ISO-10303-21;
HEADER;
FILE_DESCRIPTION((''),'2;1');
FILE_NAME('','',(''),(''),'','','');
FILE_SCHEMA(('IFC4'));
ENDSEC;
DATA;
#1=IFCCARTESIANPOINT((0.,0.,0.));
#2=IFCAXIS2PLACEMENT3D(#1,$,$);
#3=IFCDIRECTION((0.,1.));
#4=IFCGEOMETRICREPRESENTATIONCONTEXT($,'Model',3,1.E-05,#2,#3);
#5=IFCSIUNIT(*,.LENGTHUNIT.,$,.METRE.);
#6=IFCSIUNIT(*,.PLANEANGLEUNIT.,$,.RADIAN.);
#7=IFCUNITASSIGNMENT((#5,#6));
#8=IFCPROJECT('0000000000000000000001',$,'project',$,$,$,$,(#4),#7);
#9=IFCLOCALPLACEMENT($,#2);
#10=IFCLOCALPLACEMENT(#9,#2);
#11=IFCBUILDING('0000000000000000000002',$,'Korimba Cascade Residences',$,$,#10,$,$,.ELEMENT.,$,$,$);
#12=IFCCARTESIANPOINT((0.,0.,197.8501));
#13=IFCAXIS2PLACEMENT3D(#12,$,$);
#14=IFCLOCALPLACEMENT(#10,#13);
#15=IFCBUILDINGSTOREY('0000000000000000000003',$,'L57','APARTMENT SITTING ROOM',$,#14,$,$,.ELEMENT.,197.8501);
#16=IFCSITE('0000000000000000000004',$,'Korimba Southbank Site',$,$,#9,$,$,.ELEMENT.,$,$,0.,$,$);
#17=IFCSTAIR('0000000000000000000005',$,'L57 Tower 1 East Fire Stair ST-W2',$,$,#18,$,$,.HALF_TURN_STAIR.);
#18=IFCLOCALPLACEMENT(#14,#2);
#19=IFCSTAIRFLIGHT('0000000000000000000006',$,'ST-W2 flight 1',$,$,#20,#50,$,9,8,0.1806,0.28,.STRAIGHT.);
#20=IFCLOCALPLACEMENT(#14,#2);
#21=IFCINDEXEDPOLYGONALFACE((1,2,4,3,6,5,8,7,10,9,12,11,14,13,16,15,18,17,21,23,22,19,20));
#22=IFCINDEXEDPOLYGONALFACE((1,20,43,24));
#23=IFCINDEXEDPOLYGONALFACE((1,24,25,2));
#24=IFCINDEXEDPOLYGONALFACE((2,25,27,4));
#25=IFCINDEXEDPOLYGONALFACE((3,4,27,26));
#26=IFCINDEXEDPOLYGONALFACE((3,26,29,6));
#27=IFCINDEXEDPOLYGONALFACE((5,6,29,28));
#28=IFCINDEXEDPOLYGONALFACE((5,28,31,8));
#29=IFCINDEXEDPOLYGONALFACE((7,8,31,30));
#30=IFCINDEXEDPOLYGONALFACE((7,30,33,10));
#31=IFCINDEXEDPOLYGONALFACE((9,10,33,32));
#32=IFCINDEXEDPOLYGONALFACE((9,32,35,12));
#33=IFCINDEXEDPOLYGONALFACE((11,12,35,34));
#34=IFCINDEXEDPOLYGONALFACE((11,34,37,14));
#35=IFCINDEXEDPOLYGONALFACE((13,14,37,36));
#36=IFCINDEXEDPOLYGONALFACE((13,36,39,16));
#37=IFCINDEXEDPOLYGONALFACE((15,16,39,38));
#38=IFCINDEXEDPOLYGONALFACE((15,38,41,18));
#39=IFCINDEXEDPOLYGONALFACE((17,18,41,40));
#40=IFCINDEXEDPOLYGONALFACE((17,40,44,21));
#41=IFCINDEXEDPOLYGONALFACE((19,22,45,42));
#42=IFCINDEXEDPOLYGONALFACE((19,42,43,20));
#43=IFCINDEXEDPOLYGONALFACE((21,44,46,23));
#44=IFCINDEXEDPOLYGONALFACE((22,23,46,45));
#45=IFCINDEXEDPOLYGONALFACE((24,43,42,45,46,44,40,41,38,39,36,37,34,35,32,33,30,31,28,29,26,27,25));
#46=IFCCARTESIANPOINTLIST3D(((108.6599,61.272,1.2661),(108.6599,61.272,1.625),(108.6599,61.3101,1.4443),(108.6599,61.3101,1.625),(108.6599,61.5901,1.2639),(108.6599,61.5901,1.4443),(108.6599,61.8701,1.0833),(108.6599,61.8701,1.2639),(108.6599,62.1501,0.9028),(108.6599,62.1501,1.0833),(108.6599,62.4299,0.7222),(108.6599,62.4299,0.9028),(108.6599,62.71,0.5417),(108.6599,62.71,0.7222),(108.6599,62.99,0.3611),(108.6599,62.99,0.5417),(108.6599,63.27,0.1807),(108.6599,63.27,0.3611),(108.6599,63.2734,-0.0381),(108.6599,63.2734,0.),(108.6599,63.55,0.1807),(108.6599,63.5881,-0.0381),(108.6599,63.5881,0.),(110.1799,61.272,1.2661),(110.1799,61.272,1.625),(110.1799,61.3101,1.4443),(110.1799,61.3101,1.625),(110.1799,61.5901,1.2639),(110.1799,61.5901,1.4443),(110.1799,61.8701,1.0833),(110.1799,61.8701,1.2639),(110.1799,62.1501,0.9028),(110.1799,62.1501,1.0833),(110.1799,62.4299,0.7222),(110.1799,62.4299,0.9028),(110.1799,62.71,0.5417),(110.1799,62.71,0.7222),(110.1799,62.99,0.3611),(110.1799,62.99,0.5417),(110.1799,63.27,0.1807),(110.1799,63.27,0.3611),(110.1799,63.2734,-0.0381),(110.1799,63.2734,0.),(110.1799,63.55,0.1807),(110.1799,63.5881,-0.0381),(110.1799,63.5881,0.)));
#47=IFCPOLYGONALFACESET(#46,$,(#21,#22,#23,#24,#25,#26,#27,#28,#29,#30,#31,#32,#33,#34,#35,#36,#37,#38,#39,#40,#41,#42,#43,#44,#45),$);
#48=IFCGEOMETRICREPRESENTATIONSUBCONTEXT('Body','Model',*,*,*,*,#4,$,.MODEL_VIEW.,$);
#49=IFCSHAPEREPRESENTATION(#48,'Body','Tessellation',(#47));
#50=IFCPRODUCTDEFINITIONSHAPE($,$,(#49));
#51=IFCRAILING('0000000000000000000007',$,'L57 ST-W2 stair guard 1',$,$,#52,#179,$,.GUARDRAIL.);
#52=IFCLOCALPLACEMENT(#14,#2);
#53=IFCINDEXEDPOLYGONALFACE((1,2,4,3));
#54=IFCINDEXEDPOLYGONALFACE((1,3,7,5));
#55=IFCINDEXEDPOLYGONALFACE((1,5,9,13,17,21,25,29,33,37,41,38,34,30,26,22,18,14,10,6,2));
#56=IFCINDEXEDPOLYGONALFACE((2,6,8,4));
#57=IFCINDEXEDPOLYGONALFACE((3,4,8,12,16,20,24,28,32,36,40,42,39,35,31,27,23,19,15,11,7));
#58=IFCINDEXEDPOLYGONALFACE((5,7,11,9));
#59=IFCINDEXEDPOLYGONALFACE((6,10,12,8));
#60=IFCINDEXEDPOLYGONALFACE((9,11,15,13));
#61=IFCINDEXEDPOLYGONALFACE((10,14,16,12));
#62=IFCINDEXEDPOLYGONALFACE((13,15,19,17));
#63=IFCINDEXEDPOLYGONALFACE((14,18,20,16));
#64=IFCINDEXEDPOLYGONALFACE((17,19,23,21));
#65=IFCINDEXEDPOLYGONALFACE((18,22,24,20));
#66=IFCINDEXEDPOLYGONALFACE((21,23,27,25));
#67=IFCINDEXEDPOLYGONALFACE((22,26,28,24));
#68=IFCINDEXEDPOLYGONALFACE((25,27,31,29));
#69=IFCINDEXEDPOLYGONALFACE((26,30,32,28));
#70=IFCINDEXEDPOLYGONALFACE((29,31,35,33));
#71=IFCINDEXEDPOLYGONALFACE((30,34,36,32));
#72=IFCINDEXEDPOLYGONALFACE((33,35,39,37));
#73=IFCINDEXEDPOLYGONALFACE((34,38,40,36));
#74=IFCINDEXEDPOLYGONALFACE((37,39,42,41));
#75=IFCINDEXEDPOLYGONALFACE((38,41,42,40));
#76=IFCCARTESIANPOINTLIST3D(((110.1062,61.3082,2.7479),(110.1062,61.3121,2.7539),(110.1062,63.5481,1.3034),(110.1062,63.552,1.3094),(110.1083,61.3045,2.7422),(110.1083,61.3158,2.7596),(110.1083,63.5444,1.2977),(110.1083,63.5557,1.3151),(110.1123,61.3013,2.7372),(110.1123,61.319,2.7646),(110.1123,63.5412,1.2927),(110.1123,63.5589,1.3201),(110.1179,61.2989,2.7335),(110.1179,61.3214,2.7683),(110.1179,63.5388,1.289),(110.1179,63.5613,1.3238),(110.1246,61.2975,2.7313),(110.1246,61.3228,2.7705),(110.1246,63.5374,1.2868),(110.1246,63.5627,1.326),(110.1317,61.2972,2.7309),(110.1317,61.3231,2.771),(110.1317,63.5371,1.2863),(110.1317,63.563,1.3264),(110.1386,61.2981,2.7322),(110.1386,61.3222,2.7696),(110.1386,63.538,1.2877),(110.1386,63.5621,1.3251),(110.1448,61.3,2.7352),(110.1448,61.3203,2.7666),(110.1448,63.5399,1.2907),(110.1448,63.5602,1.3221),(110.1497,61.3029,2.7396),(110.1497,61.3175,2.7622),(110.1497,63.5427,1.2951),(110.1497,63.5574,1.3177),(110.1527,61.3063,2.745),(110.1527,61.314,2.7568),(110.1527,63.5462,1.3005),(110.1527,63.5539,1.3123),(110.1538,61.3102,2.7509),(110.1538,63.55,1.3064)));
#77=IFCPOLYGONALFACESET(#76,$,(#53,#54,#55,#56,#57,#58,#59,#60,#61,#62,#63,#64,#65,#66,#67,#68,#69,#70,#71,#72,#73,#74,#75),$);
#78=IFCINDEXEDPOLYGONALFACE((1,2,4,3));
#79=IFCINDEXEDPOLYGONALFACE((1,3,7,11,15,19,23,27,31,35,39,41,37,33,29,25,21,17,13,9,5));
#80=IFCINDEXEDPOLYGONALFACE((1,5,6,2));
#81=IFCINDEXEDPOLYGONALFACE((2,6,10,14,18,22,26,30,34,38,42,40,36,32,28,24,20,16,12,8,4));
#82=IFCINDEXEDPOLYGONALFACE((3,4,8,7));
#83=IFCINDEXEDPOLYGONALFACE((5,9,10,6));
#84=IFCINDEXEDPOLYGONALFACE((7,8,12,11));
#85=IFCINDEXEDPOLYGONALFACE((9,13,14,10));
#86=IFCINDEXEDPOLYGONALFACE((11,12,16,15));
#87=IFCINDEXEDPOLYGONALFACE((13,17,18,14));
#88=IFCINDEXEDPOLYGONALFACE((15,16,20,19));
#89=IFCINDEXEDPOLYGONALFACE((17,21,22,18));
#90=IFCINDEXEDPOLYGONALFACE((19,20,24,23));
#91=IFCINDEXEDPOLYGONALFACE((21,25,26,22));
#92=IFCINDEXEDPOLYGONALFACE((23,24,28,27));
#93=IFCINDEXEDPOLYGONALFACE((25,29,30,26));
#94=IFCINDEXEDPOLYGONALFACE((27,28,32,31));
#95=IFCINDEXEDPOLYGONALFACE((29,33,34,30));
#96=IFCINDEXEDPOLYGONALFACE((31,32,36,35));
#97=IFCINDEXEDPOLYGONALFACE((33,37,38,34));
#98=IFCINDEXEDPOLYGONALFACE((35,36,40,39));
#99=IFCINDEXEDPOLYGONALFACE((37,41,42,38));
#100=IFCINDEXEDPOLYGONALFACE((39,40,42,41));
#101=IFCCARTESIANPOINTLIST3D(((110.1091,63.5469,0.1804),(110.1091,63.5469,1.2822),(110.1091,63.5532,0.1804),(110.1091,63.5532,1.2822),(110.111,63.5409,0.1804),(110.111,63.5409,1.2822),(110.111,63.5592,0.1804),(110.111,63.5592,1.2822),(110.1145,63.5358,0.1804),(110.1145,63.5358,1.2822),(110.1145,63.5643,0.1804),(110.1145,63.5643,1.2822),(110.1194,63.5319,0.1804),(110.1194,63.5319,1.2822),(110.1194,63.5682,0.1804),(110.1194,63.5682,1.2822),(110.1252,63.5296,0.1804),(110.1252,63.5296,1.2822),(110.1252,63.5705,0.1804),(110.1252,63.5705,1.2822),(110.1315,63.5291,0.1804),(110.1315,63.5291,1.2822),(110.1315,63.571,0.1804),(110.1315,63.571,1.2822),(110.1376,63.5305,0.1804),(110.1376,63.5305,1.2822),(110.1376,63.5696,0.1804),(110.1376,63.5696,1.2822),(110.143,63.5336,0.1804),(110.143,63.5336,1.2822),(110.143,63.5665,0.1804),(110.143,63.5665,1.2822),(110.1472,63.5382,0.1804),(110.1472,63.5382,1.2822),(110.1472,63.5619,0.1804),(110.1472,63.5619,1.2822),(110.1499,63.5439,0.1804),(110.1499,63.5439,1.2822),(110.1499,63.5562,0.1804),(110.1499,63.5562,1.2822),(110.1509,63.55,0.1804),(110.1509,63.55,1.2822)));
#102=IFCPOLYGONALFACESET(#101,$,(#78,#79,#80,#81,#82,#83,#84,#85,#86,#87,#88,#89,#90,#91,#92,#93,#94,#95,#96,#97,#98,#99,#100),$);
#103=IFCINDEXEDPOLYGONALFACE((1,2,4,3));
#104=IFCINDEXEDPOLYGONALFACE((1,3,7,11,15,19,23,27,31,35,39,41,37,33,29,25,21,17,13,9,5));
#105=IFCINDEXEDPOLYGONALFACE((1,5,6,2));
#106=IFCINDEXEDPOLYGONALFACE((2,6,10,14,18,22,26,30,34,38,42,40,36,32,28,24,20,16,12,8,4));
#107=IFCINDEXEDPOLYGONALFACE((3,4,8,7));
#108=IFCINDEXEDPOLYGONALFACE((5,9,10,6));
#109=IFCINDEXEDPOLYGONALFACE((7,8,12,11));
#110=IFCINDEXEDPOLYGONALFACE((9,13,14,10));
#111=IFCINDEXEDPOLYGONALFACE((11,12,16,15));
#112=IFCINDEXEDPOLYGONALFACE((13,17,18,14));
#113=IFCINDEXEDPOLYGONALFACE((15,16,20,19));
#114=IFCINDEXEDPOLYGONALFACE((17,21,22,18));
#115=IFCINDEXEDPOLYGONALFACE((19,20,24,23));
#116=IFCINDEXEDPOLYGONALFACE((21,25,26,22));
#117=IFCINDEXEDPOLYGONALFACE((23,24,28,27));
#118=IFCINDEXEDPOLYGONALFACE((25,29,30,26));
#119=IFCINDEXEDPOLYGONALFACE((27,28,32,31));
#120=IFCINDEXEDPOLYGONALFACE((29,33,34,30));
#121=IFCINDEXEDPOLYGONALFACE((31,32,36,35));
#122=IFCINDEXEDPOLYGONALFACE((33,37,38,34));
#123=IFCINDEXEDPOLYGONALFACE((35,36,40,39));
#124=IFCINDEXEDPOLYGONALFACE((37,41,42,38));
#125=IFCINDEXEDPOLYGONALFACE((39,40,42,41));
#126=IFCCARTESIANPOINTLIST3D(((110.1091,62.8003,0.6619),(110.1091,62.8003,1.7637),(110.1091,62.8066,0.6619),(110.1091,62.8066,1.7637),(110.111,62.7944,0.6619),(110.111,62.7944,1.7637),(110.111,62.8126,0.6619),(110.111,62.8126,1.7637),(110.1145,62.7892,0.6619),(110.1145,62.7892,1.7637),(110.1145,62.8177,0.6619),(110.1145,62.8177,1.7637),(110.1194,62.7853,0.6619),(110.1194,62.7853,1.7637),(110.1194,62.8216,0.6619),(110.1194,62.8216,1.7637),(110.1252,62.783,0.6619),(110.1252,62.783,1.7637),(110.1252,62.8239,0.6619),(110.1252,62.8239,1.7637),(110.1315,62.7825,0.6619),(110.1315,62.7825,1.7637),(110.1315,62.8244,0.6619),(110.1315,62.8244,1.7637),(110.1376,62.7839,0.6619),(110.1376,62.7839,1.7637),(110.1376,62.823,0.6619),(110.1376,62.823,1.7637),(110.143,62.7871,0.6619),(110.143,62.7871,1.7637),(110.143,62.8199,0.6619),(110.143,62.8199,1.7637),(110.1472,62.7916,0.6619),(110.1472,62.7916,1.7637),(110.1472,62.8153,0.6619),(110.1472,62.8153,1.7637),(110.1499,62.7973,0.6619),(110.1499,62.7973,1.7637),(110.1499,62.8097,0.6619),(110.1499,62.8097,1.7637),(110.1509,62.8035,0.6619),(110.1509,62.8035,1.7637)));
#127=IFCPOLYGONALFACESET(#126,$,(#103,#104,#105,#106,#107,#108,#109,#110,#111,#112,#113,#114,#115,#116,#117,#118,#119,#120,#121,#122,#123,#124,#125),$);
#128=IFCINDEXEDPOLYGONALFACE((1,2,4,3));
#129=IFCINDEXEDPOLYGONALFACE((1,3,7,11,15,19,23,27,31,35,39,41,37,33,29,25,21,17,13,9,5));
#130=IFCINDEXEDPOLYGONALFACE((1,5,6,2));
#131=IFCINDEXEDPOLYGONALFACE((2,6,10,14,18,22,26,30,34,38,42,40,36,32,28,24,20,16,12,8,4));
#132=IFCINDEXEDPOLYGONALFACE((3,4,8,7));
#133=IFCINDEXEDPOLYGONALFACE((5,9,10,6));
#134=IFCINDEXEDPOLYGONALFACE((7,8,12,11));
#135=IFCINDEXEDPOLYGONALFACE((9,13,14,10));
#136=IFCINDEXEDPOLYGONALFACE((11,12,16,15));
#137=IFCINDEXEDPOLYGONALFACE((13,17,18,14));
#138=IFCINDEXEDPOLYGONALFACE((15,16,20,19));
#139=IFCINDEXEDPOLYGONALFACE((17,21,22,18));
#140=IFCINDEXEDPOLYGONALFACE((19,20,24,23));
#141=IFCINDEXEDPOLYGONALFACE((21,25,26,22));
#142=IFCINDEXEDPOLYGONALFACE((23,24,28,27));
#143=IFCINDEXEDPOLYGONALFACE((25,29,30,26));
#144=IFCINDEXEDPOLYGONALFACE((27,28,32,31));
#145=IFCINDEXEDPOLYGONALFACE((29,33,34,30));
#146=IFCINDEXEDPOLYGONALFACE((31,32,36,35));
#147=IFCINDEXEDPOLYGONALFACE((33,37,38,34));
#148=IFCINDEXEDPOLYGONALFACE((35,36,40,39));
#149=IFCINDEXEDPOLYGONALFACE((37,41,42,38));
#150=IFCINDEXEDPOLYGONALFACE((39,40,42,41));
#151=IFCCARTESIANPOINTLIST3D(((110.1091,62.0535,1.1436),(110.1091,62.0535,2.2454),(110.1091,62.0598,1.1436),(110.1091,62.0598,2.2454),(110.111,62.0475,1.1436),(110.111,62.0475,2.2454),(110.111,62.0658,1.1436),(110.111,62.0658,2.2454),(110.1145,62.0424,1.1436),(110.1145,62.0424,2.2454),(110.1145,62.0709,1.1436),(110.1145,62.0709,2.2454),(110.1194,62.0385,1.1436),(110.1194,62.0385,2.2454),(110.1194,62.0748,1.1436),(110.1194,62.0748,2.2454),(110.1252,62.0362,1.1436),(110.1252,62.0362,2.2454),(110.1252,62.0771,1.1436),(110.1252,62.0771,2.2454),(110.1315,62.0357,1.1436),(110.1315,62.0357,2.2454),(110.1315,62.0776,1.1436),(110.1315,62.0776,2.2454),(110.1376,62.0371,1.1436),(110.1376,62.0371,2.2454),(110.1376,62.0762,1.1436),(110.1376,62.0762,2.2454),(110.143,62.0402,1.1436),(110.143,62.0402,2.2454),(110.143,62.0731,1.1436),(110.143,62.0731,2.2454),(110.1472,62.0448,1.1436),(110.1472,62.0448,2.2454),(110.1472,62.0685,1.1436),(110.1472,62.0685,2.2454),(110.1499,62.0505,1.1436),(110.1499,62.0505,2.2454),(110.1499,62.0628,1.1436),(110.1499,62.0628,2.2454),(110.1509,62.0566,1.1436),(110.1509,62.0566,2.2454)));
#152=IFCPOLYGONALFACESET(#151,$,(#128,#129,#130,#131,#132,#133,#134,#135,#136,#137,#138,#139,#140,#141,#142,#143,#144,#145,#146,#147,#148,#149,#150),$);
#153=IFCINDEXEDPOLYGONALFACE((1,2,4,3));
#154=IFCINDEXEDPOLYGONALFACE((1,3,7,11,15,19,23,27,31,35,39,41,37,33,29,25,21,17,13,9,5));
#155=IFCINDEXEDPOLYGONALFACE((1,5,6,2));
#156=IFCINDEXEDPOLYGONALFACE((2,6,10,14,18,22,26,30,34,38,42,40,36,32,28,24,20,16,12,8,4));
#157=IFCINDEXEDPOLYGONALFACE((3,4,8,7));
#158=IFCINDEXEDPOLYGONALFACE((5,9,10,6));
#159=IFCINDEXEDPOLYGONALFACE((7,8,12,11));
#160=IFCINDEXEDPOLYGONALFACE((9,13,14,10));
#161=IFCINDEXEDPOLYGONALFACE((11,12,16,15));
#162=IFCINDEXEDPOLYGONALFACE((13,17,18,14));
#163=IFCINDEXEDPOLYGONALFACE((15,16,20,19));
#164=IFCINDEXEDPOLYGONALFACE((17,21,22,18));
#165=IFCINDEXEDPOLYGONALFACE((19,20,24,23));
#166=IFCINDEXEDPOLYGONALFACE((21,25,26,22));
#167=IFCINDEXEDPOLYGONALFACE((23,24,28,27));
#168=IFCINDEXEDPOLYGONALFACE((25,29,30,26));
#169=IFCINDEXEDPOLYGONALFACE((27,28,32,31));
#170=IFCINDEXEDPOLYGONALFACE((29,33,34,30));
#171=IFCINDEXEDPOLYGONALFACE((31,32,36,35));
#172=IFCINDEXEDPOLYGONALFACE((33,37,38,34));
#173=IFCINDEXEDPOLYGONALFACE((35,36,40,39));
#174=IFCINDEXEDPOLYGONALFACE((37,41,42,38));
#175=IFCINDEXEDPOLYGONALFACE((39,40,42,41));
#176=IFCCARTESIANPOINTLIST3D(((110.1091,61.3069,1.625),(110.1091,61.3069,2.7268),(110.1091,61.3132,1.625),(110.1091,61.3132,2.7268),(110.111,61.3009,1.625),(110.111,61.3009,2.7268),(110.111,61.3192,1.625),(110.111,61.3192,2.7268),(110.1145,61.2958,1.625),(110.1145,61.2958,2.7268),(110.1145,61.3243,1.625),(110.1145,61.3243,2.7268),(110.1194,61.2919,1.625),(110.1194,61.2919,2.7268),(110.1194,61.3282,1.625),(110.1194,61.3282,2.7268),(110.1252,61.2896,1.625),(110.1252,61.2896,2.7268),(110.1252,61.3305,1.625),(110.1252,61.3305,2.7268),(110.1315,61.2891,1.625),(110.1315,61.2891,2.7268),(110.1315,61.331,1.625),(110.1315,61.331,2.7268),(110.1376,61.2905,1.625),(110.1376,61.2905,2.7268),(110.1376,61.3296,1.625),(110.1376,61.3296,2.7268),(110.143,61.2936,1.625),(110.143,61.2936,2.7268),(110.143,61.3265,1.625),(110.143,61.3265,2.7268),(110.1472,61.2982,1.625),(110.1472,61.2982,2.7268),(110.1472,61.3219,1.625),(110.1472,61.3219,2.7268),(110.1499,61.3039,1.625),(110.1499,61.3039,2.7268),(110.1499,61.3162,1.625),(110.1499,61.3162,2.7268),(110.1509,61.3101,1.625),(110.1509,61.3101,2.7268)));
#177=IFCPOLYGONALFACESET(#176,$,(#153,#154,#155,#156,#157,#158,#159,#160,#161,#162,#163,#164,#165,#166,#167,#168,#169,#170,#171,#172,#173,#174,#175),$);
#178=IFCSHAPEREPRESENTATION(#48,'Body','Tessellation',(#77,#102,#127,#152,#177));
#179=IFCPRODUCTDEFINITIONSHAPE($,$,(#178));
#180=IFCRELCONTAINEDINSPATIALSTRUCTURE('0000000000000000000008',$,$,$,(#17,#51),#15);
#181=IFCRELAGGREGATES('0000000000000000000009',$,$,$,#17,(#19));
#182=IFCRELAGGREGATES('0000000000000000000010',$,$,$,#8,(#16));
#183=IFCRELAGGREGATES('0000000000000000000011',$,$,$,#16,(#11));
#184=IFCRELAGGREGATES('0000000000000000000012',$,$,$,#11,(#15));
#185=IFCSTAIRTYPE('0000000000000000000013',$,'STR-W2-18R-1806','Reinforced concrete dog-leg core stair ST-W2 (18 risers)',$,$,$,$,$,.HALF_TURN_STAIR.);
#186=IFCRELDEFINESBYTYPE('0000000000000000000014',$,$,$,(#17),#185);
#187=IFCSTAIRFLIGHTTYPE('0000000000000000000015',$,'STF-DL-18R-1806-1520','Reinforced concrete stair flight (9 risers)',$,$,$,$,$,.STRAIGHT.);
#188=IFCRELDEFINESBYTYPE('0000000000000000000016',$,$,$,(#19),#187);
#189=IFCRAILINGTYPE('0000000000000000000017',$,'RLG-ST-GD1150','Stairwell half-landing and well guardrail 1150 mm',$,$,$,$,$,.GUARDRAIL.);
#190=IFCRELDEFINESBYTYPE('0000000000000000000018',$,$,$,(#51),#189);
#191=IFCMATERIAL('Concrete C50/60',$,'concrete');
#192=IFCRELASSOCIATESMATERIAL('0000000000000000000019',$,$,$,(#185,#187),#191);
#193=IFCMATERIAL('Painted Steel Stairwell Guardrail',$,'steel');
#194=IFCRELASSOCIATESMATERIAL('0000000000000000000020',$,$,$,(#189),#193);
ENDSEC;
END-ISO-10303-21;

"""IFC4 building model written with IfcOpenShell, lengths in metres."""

from ifc_helpers import new_model, si_unit, direction, frame, origin, origin_2d, place, context, subcontext, project, spatial, polyline, circle, outline, extrude, material, type_object, element, aggregate, save


model = new_model("IFC4")

# Units and contexts
model_context = context("Model", 3, precision=1e-05, world=origin(), true_north=direction((0.0, 1.0)))
body_context = subcontext(model_context, "Body", "Model", "MODEL_VIEW")
ifc_project = project(units=[si_unit("LENGTHUNIT", "METRE"), si_unit("PLANEANGLEUNIT", "RADIAN")], contexts=[model_context])

# Site, building, storey
site_placement = place(None, origin())
site = spatial("IfcSite", under=ifc_project, at=site_placement, Name="Korimba Southbank Site", CompositionType="ELEMENT", RefElevation=0.0)
building_placement = place(site_placement, origin())
building = spatial("IfcBuilding", under=site, at=building_placement, Name="Korimba Cascade Residences", CompositionType="ELEMENT")
storey_placement = place(building_placement, frame((0.0, 0.0, 197.8501)))
storey = spatial("IfcBuildingStorey", under=building, at=storey_placement, Name="L57", Description="APARTMENT SITTING ROOM", CompositionType="ELEMENT", Elevation=197.8501)

# Shared definitions
ifc_material_1 = material(Name="Concrete C50/60", Category="concrete")

# Stair, stair flight
stair_type = type_object("IfcStairType", Name="STR-W2-18R-1806", Description="Reinforced concrete dog-leg core stair ST-W2 (18 risers)", PredefinedType="HALF_TURN_STAIR", material=ifc_material_1)
stair_placement = place(storey_placement, origin())
stair = element("IfcStair", 1, at=stair_placement, inside=storey, type_object=stair_type, Name="L57 Tower 1 East Fire Stair ST-W2", PredefinedType="HALF_TURN_STAIR")
stair_flight_type = type_object("IfcStairFlightType", Name="STF-DL-18R-1806-1520", Description="Reinforced concrete stair flight (9 risers)", PredefinedType="STRAIGHT", material=ifc_material_1)
stair_flight_placement = place(storey_placement, frame((109.4199, 63.55, 0.0), z_axis=(0.0, 0.0, 1.0), x_axis=(0.0, -1.0, 0.0)))
stair_flight = element("IfcStairFlight", 2, at=stair_flight_placement, type_object=stair_flight_type, Name="ST-W2 flight 1", NumberOfRisers=9, NumberOfTreads=8, PredefinedType="STRAIGHT", RiserHeight=0.1806, TreadLength=0.28, context=body_context, shape_type="SweptSolid", body=[
    extrude(outline(polyline([(-0.0381, 0.0), (0.0, 0.1807), (0.28, 0.1807), (0.28, 0.3611), (0.5601, 0.3611), (0.5601, 0.5417), (0.8401, 0.5417), (0.8401, 0.7222), (1.1201, 0.7222), (1.1201, 0.9028), (1.3999, 0.9028), (1.3999, 1.0833), (1.6799, 1.0833), (1.6799, 1.2639), (1.96, 1.2639), (1.96, 1.4443), (2.24, 1.4443), (2.24, 1.625), (2.2781, 1.625), (2.2781, 1.2661), (0.2766, 0.0), (0.2766, -0.0381), (-0.0381, -0.0381), (-0.0381, 0.0)])), frame((0.0, 0.76, 0.0), z_axis=(0.0, -1.0, 0.0), x_axis=(1.0, 0.0, 0.0)), (0.0, 0.0, 1.0), 1.52),
])
aggregate(stair, [stair_flight])

# Railing
ifc_material_2 = material(Name="Painted Steel Stairwell Guardrail", Category="steel")
railing_type_1 = type_object("IfcRailingType", Name="RLG-ST-GD1150", Description="Stairwell half-landing and well guardrail 1150 mm", PredefinedType="GUARDRAIL", material=ifc_material_2)
railing_1_placement = place(storey_placement, frame((110.1299, 63.55, 0.1804)))
element("IfcRailing", 3, at=railing_1_placement, inside=storey, type_object=railing_type_1, Name="L57 ST-W2 stair guard 1", PredefinedType="GUARDRAIL", context=body_context, shape_type="SweptSolid", body=[
    extrude(circle(Radius=0.0239, at=origin_2d()), frame((0.0, 0.0, 1.126), z_axis=(0.0, -0.840395, 0.541975), x_axis=(1.0, 0.0, 0.0)), (0.0, 0.0, 1.0), 2.6653),
    extrude(circle(Radius=0.021, at=origin_2d()), origin(), (0.0, 0.0, 1.0), 1.1018),
    extrude(circle(Radius=0.021, at=origin_2d()), frame((0.0, -0.7466, 0.4814)), (0.0, 0.0, 1.0), 1.1018),
    extrude(circle(Radius=0.021, at=origin_2d()), frame((0.0, -1.4934, 0.9631)), (0.0, 0.0, 1.0), 1.1018),
    extrude(circle(Radius=0.021, at=origin_2d()), frame((0.0, -2.24, 1.4446)), (0.0, 0.0, 1.0), 1.1018),
])

save(model, "model.ifc")
